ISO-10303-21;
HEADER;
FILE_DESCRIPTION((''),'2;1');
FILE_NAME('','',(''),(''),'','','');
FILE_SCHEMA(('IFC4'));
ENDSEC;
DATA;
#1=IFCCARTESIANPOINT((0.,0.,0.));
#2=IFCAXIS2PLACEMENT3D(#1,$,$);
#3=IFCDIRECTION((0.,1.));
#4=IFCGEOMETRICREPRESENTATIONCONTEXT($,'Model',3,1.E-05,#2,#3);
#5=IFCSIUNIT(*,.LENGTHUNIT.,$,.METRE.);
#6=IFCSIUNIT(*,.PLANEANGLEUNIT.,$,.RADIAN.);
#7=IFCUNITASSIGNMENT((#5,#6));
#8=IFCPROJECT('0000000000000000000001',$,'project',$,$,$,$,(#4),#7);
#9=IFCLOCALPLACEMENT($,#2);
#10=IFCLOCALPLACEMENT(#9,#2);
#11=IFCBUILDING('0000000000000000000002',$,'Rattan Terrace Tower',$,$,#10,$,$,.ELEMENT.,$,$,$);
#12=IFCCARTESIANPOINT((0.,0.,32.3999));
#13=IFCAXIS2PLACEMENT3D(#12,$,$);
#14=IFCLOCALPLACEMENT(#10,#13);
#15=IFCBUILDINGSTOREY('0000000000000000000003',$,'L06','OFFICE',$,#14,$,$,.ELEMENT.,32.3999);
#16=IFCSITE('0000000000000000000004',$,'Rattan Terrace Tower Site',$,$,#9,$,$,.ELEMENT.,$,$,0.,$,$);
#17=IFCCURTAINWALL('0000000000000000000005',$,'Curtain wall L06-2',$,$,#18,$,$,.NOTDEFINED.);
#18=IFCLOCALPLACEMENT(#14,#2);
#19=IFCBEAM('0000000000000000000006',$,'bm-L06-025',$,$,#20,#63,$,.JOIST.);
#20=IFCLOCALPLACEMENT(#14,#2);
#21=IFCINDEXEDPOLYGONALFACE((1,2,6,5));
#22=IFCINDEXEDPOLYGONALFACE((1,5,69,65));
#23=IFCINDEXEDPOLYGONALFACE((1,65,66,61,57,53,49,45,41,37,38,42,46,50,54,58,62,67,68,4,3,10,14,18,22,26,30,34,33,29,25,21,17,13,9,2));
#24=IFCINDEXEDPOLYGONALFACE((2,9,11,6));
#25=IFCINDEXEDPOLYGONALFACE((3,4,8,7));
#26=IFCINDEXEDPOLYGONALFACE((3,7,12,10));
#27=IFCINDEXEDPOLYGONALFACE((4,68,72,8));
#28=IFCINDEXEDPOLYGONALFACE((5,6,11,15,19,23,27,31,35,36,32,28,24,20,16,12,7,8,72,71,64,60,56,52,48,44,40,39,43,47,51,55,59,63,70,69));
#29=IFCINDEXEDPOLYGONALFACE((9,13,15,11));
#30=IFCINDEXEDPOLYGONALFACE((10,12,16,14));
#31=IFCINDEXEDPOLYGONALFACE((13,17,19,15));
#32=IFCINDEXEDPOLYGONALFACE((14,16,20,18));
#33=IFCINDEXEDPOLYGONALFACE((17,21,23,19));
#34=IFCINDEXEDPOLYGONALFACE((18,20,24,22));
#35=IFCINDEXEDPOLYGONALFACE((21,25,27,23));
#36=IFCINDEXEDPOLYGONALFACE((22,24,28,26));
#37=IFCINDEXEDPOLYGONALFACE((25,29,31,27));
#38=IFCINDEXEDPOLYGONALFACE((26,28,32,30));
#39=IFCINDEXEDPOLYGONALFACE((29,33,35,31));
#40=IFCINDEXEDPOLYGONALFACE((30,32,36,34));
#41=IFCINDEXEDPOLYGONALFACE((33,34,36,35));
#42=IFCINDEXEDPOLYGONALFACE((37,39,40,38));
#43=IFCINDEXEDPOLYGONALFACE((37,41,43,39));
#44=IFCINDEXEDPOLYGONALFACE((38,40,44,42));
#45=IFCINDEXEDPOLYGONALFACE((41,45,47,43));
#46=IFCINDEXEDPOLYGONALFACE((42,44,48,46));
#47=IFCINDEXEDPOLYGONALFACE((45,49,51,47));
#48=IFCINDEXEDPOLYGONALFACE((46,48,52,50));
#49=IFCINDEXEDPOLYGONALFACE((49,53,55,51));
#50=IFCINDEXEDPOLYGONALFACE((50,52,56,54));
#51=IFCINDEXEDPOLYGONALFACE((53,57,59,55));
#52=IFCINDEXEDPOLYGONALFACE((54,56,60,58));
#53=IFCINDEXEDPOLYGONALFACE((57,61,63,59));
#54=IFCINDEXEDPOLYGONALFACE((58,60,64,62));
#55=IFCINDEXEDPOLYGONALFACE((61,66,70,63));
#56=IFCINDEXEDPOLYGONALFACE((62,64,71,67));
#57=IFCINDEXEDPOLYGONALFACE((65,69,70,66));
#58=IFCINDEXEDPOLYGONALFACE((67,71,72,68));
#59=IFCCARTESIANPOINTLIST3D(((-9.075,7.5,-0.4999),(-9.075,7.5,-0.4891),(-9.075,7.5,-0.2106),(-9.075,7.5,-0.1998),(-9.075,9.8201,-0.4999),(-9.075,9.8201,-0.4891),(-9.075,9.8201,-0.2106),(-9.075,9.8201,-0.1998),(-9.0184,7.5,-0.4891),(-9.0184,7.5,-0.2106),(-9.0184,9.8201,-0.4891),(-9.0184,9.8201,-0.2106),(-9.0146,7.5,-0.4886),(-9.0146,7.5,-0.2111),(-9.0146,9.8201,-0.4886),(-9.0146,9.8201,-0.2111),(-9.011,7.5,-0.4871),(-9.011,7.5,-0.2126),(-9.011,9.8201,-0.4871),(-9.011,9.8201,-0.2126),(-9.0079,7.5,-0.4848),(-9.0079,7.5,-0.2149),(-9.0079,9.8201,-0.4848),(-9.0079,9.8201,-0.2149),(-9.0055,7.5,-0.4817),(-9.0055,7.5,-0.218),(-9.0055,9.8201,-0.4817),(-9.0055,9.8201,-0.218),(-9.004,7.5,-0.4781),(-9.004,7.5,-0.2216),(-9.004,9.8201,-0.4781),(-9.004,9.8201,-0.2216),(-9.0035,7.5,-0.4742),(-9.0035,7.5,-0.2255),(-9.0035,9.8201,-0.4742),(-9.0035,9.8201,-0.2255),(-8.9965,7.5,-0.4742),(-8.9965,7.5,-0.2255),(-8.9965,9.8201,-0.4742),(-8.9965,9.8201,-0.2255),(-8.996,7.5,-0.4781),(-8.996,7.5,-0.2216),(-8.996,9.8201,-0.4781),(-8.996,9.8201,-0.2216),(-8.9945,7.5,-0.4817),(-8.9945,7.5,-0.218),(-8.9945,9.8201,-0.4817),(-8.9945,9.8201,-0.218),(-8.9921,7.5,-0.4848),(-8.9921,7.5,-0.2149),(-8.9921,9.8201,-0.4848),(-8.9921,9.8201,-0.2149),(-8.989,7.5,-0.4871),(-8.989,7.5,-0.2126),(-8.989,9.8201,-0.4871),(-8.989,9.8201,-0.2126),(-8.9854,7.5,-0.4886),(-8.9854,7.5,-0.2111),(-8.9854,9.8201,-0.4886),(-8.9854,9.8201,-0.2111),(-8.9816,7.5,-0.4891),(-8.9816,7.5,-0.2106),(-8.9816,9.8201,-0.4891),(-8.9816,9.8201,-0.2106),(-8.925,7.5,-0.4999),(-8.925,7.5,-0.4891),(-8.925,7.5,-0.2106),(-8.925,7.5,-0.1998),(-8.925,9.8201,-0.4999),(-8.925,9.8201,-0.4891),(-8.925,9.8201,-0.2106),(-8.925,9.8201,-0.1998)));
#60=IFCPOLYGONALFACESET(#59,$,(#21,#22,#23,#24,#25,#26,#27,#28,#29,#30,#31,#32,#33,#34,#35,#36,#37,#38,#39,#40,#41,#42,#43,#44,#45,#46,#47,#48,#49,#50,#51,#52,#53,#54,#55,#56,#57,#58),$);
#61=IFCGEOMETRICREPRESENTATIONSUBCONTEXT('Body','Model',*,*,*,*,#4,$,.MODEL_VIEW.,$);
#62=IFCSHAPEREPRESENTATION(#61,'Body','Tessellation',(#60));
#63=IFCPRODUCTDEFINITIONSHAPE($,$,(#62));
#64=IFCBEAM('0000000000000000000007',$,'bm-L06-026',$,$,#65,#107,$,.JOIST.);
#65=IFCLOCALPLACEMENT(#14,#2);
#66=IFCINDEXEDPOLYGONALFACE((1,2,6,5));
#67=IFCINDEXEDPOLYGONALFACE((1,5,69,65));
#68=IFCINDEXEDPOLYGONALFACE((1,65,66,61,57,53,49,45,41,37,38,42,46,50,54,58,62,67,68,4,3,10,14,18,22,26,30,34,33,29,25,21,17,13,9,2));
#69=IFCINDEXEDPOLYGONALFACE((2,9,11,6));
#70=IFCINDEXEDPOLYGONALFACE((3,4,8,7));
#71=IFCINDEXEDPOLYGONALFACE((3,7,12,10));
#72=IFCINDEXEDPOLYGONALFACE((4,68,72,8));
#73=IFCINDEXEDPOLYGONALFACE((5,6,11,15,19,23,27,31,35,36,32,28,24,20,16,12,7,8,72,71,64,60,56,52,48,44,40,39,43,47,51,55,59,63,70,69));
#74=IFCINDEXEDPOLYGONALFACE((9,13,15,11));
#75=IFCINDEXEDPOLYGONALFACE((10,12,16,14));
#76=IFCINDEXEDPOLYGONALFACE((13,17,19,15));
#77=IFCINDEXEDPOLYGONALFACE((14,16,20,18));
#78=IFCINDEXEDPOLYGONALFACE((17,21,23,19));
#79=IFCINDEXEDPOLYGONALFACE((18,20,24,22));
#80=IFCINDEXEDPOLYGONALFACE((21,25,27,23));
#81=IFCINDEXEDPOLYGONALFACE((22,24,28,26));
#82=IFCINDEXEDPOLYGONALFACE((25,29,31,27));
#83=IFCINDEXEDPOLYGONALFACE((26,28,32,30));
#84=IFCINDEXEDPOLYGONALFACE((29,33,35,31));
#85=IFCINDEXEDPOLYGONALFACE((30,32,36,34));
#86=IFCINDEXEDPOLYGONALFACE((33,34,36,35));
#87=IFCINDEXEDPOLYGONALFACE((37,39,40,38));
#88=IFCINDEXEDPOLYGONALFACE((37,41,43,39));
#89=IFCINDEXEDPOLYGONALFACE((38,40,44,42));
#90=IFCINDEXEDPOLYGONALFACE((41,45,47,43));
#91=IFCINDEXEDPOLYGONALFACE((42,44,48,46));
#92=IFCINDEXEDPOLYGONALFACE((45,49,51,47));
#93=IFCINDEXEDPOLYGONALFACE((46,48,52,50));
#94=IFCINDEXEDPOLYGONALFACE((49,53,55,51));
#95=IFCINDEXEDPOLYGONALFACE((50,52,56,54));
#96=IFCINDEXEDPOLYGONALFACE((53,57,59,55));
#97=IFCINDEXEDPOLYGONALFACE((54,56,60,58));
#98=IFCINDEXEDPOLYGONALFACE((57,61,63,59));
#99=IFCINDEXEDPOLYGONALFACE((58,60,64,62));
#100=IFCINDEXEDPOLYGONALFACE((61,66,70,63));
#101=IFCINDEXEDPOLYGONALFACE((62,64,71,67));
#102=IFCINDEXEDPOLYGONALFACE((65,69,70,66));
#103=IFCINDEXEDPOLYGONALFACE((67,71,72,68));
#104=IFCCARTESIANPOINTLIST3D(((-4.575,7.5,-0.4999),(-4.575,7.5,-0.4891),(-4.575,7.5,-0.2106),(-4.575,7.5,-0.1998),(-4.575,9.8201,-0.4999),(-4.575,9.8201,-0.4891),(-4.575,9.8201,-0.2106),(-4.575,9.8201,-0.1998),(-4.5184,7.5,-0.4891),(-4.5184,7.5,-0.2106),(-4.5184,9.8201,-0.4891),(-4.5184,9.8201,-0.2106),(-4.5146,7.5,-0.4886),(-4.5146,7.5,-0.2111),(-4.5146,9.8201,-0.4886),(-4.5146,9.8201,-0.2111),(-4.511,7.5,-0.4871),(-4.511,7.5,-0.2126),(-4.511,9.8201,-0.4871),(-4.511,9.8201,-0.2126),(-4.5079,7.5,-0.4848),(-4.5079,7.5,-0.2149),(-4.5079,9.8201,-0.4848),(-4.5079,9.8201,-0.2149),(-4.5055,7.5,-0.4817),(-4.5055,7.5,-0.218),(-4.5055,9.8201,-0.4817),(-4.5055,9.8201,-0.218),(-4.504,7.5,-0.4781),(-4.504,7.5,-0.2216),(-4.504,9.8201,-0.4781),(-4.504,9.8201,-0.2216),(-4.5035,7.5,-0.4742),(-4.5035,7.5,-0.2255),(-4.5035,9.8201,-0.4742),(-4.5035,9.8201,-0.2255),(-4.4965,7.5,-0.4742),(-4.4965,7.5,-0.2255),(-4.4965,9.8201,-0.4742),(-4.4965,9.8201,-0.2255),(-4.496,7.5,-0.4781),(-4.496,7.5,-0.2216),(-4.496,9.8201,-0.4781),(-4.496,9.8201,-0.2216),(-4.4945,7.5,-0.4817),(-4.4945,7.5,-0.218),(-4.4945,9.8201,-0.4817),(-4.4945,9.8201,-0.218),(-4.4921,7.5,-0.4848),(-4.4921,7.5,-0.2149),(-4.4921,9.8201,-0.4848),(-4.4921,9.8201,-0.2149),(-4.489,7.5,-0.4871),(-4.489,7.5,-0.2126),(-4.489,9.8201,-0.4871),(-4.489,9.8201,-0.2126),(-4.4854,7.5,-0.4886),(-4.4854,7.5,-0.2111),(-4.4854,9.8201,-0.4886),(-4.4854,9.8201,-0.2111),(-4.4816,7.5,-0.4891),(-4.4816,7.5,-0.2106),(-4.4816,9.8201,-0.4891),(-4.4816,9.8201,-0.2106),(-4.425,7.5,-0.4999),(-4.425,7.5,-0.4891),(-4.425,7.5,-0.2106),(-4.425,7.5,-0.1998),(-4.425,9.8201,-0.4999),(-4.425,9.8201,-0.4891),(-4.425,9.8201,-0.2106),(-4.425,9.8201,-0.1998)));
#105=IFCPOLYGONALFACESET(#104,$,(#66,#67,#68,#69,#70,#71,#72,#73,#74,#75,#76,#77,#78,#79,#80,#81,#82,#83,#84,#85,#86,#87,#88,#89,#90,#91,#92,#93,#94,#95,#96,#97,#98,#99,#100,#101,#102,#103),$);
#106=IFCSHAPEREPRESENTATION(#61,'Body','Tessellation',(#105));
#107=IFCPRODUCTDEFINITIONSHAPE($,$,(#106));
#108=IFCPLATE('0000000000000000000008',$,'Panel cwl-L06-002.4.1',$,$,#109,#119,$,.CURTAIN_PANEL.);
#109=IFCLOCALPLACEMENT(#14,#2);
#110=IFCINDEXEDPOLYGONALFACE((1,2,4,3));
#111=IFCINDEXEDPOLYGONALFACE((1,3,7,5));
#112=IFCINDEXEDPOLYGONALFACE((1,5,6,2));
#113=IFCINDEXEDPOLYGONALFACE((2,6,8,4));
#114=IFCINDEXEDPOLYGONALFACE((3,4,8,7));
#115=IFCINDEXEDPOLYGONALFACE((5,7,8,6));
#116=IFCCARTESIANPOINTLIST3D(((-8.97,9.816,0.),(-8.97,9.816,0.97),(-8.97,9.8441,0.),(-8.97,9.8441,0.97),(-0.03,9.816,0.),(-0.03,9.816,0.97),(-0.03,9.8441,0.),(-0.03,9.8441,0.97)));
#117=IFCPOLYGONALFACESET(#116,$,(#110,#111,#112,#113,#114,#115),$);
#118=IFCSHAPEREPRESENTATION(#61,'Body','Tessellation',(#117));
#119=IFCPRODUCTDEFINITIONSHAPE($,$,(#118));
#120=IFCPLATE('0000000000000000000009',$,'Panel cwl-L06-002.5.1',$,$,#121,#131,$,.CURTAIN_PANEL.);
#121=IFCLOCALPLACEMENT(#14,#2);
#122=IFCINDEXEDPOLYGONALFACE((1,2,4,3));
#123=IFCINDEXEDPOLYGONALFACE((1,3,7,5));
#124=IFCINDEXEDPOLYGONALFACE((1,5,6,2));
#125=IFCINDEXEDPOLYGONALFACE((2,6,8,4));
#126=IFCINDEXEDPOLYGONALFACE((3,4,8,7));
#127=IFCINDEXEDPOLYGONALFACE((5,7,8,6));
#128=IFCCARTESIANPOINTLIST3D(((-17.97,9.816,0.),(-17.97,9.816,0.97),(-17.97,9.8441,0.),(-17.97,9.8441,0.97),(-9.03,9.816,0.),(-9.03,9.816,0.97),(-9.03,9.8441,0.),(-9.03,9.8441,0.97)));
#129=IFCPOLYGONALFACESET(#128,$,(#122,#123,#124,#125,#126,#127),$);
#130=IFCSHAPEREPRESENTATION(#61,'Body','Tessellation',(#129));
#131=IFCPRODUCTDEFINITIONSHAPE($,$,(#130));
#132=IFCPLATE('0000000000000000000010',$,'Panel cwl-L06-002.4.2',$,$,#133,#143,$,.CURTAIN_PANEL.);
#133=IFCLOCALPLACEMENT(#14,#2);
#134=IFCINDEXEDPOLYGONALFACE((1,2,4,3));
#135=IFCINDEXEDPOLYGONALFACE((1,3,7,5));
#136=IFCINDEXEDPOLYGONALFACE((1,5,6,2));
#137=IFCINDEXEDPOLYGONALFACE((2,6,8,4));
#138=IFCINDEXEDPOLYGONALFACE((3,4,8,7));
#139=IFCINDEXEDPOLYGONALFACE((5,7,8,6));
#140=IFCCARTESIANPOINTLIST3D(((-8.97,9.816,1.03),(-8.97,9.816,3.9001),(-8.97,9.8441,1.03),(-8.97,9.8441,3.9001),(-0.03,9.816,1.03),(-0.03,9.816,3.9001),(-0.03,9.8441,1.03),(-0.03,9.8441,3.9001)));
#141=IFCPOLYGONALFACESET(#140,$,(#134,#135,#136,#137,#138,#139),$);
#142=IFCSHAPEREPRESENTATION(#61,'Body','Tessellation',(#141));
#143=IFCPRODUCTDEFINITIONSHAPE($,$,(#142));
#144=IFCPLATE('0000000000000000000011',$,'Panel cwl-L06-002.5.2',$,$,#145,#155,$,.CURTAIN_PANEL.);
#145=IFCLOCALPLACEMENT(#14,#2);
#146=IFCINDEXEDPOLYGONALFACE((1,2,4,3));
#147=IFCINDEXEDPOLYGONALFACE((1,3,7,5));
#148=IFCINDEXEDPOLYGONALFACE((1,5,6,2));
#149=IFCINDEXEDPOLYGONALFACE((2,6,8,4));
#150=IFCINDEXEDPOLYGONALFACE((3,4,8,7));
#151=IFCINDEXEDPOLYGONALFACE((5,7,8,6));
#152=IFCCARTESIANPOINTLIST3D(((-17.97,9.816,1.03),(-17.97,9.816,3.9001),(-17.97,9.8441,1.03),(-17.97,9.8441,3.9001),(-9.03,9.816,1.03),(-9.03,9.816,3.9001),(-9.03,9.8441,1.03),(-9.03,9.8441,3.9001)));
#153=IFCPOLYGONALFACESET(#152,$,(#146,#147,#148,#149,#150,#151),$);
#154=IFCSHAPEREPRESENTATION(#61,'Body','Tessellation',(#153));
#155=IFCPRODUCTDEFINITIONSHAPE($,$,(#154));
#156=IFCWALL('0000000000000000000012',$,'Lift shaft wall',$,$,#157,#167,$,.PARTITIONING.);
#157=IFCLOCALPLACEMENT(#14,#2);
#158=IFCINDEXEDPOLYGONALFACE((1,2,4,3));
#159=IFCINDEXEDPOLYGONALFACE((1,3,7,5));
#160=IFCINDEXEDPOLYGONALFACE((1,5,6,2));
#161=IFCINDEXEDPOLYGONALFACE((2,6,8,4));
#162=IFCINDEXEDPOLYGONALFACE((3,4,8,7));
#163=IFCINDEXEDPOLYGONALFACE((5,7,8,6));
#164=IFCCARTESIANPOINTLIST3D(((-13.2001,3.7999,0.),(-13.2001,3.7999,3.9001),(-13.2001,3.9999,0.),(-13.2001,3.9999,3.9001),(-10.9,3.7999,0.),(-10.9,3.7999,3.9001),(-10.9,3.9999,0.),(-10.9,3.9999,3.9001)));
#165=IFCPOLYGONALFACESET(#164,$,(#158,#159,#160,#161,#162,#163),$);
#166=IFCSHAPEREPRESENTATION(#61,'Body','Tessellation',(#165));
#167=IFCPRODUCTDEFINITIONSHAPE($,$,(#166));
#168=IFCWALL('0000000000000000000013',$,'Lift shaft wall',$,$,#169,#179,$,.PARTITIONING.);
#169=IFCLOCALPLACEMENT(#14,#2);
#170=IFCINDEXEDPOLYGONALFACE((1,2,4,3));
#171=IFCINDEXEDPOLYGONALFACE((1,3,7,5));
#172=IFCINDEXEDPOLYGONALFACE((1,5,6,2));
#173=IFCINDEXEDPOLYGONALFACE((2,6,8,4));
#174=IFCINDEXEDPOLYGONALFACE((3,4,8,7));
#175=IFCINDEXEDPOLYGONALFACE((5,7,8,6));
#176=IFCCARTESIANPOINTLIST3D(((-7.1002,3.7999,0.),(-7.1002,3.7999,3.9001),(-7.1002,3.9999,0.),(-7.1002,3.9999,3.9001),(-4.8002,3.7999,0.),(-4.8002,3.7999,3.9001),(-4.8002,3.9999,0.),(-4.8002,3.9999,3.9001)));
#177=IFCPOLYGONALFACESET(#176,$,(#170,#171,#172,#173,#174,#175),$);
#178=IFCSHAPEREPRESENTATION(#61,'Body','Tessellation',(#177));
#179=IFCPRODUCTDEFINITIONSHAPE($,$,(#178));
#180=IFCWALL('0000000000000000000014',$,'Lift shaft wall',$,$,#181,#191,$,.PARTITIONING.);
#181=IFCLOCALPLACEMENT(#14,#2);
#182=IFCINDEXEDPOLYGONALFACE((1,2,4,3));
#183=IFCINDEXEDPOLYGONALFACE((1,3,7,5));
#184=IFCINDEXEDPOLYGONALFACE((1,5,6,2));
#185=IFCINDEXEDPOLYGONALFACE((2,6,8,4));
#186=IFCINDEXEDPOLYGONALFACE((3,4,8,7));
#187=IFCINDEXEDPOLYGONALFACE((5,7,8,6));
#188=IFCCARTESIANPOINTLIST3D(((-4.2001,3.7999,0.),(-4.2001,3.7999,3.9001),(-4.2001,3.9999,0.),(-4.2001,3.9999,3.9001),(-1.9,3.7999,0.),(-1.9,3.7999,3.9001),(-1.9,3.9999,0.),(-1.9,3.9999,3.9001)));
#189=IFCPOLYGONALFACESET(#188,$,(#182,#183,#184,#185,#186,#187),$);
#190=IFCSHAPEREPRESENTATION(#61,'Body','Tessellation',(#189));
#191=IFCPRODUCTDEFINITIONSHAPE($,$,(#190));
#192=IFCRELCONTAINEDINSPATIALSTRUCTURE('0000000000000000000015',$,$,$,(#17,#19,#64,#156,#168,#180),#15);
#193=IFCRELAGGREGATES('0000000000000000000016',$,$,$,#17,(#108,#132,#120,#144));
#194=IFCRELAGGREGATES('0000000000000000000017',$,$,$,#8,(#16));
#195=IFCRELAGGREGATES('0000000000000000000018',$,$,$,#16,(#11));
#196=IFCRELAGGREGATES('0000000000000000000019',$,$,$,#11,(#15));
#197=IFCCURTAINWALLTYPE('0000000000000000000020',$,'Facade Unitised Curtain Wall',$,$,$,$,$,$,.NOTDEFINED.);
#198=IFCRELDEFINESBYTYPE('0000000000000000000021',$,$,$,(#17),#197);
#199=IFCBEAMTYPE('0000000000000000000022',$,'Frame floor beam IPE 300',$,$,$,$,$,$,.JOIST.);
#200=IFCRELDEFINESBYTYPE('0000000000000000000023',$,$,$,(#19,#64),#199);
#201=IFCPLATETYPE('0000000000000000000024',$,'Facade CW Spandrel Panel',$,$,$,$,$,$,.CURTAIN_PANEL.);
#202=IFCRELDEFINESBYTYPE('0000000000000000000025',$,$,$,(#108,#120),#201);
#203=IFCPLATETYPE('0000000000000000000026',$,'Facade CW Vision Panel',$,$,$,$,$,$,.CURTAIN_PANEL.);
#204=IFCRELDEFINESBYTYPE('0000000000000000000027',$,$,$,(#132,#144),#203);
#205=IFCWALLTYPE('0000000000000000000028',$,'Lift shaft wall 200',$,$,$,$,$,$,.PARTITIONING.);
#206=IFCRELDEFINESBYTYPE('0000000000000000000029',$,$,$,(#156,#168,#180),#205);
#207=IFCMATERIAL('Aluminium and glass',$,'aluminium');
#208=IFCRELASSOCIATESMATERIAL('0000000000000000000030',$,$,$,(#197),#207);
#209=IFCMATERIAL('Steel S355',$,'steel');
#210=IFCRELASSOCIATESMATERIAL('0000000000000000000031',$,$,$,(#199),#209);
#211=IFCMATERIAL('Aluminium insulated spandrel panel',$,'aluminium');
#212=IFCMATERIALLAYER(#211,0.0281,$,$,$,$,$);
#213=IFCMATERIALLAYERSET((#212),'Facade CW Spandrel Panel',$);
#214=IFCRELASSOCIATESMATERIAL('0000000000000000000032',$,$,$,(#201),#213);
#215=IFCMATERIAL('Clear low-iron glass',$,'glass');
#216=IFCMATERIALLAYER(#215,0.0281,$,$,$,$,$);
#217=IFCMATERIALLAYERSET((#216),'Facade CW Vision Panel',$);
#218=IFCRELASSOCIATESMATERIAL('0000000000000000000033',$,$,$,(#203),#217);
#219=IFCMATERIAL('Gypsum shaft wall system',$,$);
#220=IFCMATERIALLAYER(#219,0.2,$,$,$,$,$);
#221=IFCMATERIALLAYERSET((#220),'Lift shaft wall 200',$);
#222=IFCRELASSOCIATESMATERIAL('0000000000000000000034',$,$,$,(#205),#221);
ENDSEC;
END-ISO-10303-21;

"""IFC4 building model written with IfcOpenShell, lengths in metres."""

from ifc_helpers import new_model, si_unit, direction, frame, frame_2d, origin, origin_2d, place, context, subcontext, project, spatial, rectangle, i_section, extrude, material, layer, layer_set, material_profile, profile_set, type_object, element, aggregate, save


model = new_model("IFC4")

# Units and contexts
model_context = context("Model", 3, precision=1e-05, world=origin(), true_north=direction((0.0, 1.0)))
body_context = subcontext(model_context, "Body", "Model", "MODEL_VIEW")
ifc_project = project(units=[si_unit("LENGTHUNIT", "METRE"), si_unit("PLANEANGLEUNIT", "RADIAN")], contexts=[model_context])

# Site, building, storey
site_placement = place(None, origin())
site = spatial("IfcSite", under=ifc_project, at=site_placement, Name="Rattan Terrace Tower Site", CompositionType="ELEMENT", RefElevation=0.0)
building_placement = place(site_placement, origin())
building = spatial("IfcBuilding", under=site, at=building_placement, Name="Rattan Terrace Tower", CompositionType="ELEMENT")
storey_placement = place(building_placement, frame((0.0, 0.0, 32.3999)))
storey = spatial("IfcBuildingStorey", under=building, at=storey_placement, Name="L06", Description="OFFICE", CompositionType="ELEMENT", Elevation=32.3999)

# Curtain wall
ifc_material_1 = material(Name="Aluminium and glass", Category="aluminium")
curtain_wall_type = type_object("IfcCurtainWallType", Name="Facade Unitised Curtain Wall", PredefinedType="NOTDEFINED", material=ifc_material_1)
curtain_wall_placement = place(storey_placement, origin())
curtain_wall = element("IfcCurtainWall", 1, at=curtain_wall_placement, inside=storey, type_object=curtain_wall_type, Name="Curtain wall L06-2", PredefinedType="NOTDEFINED")

# Beams
ifc_material_2 = material(Name="Steel S355", Category="steel")
ifc_material_profile_1 = material_profile(ifc_material_2, i_section(OverallWidth=0.1499, OverallDepth=0.3, WebThickness=0.0071, FlangeThickness=0.0107, FilletRadius=0.0149, at=origin_2d()), Name="IPE 300")
ifc_profile_set_1 = profile_set([ifc_material_profile_1], Name="Steel S355")
beam_type_1 = type_object("IfcBeamType", Name="Frame floor beam IPE 300", PredefinedType="JOIST", material=ifc_profile_set_1)
for number, where, z_axis, x_axis, name in (
    (2, (-9.0, 7.5, -0.3499), (0.0, 1.0, 0.0), (-1.0, 0.0, 0.0), "bm-L06-025"),
    (3, (-4.5, 7.5, -0.3499), (0.0, 1.0, 0.0), (-1.0, 0.0, 0.0), "bm-L06-026"),
):
    element("IfcBeam", number, at=place(storey_placement, frame(where, z_axis=z_axis, x_axis=x_axis)), inside=storey, type_object=beam_type_1, Name=name, PredefinedType="JOIST", context=body_context, shape_type="SweptSolid", body=[
        extrude(i_section(OverallWidth=0.1499, OverallDepth=0.3, WebThickness=0.0071, FlangeThickness=0.0107, FilletRadius=0.0149, at=origin_2d()), origin(), (0.0, 0.0, 1.0), 2.3201),
    ])

# Plates
ifc_material_3 = material(Name="Aluminium insulated spandrel panel", Category="aluminium")
ifc_layer_1 = layer(ifc_material_3, 0.0281)
ifc_layer_set_1 = layer_set([ifc_layer_1], Name="Facade CW Spandrel Panel")
plate_type_1 = type_object("IfcPlateType", Name="Facade CW Spandrel Panel", PredefinedType="CURTAIN_PANEL", material=ifc_layer_set_1)
plate_1_placement = place(storey_placement, frame((-4.5, 9.8301, 0.0), z_axis=(0.0, 0.0, 1.0), x_axis=(-1.0, 0.0, 0.0)))
plate_1 = element("IfcPlate", 4, at=plate_1_placement, type_object=plate_type_1, Name="Panel cwl-L06-002.4.1", PredefinedType="CURTAIN_PANEL", context=body_context, shape_type="SweptSolid", body=[
    extrude(rectangle(XDim=8.9399, YDim=0.0281, at=origin_2d()), origin(), (0.0, 0.0, 1.0), 0.97),
])
plate_2_placement = place(storey_placement, frame((-13.5, 9.8301, 0.0), z_axis=(0.0, 0.0, 1.0), x_axis=(-1.0, 0.0, 0.0)))
plate_2 = element("IfcPlate", 5, at=plate_2_placement, type_object=plate_type_1, Name="Panel cwl-L06-002.5.1", PredefinedType="CURTAIN_PANEL", context=body_context, shape_type="SweptSolid", body=[
    extrude(rectangle(XDim=8.9399, YDim=0.0281, at=origin_2d()), origin(), (0.0, 0.0, 1.0), 0.97),
])
ifc_material_4 = material(Name="Clear low-iron glass", Category="glass")
ifc_layer_2 = layer(ifc_material_4, 0.0281)
ifc_layer_set_2 = layer_set([ifc_layer_2], Name="Facade CW Vision Panel")
plate_type_2 = type_object("IfcPlateType", Name="Facade CW Vision Panel", PredefinedType="CURTAIN_PANEL", material=ifc_layer_set_2)
plate_3_placement = place(storey_placement, frame((-4.5, 9.8301, 1.03), z_axis=(0.0, 0.0, 1.0), x_axis=(-1.0, 0.0, 0.0)))
plate_3 = element("IfcPlate", 6, at=plate_3_placement, type_object=plate_type_2, Name="Panel cwl-L06-002.4.2", PredefinedType="CURTAIN_PANEL", context=body_context, shape_type="SweptSolid", body=[
    extrude(rectangle(XDim=8.9399, YDim=0.0281, at=origin_2d()), origin(), (0.0, 0.0, 1.0), 2.8701),
])
plate_4_placement = place(storey_placement, frame((-13.5, 9.8301, 1.03), z_axis=(0.0, 0.0, 1.0), x_axis=(-1.0, 0.0, 0.0)))
plate_4 = element("IfcPlate", 7, at=plate_4_placement, type_object=plate_type_2, Name="Panel cwl-L06-002.5.2", PredefinedType="CURTAIN_PANEL", context=body_context, shape_type="SweptSolid", body=[
    extrude(rectangle(XDim=8.9399, YDim=0.0281, at=origin_2d()), origin(), (0.0, 0.0, 1.0), 2.8701),
])
aggregate(curtain_wall, [plate_1, plate_3, plate_2, plate_4])

# Walls
ifc_material_5 = material(Name="Gypsum shaft wall system")
ifc_layer_3 = layer(ifc_material_5, 0.2)
ifc_layer_set_3 = layer_set([ifc_layer_3], Name="Lift shaft wall 200")
wall_type = type_object("IfcWallType", Name="Lift shaft wall 200", PredefinedType="PARTITIONING", material=ifc_layer_set_3)
for number, where, z_axis, x_axis, name in (
    (8, (-13.2, 3.8999, 0.0), (0.0, 0.0, 1.0), (1.0, 0.0, 0.0), "Lift shaft wall"),
    (9, (-7.1001, 3.8999, 0.0), (0.0, 0.0, 1.0), (1.0, 0.0, 0.0), "Lift shaft wall"),
    (10, (-4.2, 3.8999, 0.0), (0.0, 0.0, 1.0), (1.0, 0.0, 0.0), "Lift shaft wall"),
):
    element("IfcWall", number, at=place(storey_placement, frame(where, z_axis=z_axis, x_axis=x_axis)), inside=storey, type_object=wall_type, Name=name, PredefinedType="PARTITIONING", context=body_context, shape_type="SweptSolid", body=[
        extrude(rectangle(XDim=2.3, YDim=0.2, at=frame_2d((1.1499, 0.0))), origin(), (0.0, 0.0, 1.0), 3.9001),
    ])

save(model, "model.ifc")
